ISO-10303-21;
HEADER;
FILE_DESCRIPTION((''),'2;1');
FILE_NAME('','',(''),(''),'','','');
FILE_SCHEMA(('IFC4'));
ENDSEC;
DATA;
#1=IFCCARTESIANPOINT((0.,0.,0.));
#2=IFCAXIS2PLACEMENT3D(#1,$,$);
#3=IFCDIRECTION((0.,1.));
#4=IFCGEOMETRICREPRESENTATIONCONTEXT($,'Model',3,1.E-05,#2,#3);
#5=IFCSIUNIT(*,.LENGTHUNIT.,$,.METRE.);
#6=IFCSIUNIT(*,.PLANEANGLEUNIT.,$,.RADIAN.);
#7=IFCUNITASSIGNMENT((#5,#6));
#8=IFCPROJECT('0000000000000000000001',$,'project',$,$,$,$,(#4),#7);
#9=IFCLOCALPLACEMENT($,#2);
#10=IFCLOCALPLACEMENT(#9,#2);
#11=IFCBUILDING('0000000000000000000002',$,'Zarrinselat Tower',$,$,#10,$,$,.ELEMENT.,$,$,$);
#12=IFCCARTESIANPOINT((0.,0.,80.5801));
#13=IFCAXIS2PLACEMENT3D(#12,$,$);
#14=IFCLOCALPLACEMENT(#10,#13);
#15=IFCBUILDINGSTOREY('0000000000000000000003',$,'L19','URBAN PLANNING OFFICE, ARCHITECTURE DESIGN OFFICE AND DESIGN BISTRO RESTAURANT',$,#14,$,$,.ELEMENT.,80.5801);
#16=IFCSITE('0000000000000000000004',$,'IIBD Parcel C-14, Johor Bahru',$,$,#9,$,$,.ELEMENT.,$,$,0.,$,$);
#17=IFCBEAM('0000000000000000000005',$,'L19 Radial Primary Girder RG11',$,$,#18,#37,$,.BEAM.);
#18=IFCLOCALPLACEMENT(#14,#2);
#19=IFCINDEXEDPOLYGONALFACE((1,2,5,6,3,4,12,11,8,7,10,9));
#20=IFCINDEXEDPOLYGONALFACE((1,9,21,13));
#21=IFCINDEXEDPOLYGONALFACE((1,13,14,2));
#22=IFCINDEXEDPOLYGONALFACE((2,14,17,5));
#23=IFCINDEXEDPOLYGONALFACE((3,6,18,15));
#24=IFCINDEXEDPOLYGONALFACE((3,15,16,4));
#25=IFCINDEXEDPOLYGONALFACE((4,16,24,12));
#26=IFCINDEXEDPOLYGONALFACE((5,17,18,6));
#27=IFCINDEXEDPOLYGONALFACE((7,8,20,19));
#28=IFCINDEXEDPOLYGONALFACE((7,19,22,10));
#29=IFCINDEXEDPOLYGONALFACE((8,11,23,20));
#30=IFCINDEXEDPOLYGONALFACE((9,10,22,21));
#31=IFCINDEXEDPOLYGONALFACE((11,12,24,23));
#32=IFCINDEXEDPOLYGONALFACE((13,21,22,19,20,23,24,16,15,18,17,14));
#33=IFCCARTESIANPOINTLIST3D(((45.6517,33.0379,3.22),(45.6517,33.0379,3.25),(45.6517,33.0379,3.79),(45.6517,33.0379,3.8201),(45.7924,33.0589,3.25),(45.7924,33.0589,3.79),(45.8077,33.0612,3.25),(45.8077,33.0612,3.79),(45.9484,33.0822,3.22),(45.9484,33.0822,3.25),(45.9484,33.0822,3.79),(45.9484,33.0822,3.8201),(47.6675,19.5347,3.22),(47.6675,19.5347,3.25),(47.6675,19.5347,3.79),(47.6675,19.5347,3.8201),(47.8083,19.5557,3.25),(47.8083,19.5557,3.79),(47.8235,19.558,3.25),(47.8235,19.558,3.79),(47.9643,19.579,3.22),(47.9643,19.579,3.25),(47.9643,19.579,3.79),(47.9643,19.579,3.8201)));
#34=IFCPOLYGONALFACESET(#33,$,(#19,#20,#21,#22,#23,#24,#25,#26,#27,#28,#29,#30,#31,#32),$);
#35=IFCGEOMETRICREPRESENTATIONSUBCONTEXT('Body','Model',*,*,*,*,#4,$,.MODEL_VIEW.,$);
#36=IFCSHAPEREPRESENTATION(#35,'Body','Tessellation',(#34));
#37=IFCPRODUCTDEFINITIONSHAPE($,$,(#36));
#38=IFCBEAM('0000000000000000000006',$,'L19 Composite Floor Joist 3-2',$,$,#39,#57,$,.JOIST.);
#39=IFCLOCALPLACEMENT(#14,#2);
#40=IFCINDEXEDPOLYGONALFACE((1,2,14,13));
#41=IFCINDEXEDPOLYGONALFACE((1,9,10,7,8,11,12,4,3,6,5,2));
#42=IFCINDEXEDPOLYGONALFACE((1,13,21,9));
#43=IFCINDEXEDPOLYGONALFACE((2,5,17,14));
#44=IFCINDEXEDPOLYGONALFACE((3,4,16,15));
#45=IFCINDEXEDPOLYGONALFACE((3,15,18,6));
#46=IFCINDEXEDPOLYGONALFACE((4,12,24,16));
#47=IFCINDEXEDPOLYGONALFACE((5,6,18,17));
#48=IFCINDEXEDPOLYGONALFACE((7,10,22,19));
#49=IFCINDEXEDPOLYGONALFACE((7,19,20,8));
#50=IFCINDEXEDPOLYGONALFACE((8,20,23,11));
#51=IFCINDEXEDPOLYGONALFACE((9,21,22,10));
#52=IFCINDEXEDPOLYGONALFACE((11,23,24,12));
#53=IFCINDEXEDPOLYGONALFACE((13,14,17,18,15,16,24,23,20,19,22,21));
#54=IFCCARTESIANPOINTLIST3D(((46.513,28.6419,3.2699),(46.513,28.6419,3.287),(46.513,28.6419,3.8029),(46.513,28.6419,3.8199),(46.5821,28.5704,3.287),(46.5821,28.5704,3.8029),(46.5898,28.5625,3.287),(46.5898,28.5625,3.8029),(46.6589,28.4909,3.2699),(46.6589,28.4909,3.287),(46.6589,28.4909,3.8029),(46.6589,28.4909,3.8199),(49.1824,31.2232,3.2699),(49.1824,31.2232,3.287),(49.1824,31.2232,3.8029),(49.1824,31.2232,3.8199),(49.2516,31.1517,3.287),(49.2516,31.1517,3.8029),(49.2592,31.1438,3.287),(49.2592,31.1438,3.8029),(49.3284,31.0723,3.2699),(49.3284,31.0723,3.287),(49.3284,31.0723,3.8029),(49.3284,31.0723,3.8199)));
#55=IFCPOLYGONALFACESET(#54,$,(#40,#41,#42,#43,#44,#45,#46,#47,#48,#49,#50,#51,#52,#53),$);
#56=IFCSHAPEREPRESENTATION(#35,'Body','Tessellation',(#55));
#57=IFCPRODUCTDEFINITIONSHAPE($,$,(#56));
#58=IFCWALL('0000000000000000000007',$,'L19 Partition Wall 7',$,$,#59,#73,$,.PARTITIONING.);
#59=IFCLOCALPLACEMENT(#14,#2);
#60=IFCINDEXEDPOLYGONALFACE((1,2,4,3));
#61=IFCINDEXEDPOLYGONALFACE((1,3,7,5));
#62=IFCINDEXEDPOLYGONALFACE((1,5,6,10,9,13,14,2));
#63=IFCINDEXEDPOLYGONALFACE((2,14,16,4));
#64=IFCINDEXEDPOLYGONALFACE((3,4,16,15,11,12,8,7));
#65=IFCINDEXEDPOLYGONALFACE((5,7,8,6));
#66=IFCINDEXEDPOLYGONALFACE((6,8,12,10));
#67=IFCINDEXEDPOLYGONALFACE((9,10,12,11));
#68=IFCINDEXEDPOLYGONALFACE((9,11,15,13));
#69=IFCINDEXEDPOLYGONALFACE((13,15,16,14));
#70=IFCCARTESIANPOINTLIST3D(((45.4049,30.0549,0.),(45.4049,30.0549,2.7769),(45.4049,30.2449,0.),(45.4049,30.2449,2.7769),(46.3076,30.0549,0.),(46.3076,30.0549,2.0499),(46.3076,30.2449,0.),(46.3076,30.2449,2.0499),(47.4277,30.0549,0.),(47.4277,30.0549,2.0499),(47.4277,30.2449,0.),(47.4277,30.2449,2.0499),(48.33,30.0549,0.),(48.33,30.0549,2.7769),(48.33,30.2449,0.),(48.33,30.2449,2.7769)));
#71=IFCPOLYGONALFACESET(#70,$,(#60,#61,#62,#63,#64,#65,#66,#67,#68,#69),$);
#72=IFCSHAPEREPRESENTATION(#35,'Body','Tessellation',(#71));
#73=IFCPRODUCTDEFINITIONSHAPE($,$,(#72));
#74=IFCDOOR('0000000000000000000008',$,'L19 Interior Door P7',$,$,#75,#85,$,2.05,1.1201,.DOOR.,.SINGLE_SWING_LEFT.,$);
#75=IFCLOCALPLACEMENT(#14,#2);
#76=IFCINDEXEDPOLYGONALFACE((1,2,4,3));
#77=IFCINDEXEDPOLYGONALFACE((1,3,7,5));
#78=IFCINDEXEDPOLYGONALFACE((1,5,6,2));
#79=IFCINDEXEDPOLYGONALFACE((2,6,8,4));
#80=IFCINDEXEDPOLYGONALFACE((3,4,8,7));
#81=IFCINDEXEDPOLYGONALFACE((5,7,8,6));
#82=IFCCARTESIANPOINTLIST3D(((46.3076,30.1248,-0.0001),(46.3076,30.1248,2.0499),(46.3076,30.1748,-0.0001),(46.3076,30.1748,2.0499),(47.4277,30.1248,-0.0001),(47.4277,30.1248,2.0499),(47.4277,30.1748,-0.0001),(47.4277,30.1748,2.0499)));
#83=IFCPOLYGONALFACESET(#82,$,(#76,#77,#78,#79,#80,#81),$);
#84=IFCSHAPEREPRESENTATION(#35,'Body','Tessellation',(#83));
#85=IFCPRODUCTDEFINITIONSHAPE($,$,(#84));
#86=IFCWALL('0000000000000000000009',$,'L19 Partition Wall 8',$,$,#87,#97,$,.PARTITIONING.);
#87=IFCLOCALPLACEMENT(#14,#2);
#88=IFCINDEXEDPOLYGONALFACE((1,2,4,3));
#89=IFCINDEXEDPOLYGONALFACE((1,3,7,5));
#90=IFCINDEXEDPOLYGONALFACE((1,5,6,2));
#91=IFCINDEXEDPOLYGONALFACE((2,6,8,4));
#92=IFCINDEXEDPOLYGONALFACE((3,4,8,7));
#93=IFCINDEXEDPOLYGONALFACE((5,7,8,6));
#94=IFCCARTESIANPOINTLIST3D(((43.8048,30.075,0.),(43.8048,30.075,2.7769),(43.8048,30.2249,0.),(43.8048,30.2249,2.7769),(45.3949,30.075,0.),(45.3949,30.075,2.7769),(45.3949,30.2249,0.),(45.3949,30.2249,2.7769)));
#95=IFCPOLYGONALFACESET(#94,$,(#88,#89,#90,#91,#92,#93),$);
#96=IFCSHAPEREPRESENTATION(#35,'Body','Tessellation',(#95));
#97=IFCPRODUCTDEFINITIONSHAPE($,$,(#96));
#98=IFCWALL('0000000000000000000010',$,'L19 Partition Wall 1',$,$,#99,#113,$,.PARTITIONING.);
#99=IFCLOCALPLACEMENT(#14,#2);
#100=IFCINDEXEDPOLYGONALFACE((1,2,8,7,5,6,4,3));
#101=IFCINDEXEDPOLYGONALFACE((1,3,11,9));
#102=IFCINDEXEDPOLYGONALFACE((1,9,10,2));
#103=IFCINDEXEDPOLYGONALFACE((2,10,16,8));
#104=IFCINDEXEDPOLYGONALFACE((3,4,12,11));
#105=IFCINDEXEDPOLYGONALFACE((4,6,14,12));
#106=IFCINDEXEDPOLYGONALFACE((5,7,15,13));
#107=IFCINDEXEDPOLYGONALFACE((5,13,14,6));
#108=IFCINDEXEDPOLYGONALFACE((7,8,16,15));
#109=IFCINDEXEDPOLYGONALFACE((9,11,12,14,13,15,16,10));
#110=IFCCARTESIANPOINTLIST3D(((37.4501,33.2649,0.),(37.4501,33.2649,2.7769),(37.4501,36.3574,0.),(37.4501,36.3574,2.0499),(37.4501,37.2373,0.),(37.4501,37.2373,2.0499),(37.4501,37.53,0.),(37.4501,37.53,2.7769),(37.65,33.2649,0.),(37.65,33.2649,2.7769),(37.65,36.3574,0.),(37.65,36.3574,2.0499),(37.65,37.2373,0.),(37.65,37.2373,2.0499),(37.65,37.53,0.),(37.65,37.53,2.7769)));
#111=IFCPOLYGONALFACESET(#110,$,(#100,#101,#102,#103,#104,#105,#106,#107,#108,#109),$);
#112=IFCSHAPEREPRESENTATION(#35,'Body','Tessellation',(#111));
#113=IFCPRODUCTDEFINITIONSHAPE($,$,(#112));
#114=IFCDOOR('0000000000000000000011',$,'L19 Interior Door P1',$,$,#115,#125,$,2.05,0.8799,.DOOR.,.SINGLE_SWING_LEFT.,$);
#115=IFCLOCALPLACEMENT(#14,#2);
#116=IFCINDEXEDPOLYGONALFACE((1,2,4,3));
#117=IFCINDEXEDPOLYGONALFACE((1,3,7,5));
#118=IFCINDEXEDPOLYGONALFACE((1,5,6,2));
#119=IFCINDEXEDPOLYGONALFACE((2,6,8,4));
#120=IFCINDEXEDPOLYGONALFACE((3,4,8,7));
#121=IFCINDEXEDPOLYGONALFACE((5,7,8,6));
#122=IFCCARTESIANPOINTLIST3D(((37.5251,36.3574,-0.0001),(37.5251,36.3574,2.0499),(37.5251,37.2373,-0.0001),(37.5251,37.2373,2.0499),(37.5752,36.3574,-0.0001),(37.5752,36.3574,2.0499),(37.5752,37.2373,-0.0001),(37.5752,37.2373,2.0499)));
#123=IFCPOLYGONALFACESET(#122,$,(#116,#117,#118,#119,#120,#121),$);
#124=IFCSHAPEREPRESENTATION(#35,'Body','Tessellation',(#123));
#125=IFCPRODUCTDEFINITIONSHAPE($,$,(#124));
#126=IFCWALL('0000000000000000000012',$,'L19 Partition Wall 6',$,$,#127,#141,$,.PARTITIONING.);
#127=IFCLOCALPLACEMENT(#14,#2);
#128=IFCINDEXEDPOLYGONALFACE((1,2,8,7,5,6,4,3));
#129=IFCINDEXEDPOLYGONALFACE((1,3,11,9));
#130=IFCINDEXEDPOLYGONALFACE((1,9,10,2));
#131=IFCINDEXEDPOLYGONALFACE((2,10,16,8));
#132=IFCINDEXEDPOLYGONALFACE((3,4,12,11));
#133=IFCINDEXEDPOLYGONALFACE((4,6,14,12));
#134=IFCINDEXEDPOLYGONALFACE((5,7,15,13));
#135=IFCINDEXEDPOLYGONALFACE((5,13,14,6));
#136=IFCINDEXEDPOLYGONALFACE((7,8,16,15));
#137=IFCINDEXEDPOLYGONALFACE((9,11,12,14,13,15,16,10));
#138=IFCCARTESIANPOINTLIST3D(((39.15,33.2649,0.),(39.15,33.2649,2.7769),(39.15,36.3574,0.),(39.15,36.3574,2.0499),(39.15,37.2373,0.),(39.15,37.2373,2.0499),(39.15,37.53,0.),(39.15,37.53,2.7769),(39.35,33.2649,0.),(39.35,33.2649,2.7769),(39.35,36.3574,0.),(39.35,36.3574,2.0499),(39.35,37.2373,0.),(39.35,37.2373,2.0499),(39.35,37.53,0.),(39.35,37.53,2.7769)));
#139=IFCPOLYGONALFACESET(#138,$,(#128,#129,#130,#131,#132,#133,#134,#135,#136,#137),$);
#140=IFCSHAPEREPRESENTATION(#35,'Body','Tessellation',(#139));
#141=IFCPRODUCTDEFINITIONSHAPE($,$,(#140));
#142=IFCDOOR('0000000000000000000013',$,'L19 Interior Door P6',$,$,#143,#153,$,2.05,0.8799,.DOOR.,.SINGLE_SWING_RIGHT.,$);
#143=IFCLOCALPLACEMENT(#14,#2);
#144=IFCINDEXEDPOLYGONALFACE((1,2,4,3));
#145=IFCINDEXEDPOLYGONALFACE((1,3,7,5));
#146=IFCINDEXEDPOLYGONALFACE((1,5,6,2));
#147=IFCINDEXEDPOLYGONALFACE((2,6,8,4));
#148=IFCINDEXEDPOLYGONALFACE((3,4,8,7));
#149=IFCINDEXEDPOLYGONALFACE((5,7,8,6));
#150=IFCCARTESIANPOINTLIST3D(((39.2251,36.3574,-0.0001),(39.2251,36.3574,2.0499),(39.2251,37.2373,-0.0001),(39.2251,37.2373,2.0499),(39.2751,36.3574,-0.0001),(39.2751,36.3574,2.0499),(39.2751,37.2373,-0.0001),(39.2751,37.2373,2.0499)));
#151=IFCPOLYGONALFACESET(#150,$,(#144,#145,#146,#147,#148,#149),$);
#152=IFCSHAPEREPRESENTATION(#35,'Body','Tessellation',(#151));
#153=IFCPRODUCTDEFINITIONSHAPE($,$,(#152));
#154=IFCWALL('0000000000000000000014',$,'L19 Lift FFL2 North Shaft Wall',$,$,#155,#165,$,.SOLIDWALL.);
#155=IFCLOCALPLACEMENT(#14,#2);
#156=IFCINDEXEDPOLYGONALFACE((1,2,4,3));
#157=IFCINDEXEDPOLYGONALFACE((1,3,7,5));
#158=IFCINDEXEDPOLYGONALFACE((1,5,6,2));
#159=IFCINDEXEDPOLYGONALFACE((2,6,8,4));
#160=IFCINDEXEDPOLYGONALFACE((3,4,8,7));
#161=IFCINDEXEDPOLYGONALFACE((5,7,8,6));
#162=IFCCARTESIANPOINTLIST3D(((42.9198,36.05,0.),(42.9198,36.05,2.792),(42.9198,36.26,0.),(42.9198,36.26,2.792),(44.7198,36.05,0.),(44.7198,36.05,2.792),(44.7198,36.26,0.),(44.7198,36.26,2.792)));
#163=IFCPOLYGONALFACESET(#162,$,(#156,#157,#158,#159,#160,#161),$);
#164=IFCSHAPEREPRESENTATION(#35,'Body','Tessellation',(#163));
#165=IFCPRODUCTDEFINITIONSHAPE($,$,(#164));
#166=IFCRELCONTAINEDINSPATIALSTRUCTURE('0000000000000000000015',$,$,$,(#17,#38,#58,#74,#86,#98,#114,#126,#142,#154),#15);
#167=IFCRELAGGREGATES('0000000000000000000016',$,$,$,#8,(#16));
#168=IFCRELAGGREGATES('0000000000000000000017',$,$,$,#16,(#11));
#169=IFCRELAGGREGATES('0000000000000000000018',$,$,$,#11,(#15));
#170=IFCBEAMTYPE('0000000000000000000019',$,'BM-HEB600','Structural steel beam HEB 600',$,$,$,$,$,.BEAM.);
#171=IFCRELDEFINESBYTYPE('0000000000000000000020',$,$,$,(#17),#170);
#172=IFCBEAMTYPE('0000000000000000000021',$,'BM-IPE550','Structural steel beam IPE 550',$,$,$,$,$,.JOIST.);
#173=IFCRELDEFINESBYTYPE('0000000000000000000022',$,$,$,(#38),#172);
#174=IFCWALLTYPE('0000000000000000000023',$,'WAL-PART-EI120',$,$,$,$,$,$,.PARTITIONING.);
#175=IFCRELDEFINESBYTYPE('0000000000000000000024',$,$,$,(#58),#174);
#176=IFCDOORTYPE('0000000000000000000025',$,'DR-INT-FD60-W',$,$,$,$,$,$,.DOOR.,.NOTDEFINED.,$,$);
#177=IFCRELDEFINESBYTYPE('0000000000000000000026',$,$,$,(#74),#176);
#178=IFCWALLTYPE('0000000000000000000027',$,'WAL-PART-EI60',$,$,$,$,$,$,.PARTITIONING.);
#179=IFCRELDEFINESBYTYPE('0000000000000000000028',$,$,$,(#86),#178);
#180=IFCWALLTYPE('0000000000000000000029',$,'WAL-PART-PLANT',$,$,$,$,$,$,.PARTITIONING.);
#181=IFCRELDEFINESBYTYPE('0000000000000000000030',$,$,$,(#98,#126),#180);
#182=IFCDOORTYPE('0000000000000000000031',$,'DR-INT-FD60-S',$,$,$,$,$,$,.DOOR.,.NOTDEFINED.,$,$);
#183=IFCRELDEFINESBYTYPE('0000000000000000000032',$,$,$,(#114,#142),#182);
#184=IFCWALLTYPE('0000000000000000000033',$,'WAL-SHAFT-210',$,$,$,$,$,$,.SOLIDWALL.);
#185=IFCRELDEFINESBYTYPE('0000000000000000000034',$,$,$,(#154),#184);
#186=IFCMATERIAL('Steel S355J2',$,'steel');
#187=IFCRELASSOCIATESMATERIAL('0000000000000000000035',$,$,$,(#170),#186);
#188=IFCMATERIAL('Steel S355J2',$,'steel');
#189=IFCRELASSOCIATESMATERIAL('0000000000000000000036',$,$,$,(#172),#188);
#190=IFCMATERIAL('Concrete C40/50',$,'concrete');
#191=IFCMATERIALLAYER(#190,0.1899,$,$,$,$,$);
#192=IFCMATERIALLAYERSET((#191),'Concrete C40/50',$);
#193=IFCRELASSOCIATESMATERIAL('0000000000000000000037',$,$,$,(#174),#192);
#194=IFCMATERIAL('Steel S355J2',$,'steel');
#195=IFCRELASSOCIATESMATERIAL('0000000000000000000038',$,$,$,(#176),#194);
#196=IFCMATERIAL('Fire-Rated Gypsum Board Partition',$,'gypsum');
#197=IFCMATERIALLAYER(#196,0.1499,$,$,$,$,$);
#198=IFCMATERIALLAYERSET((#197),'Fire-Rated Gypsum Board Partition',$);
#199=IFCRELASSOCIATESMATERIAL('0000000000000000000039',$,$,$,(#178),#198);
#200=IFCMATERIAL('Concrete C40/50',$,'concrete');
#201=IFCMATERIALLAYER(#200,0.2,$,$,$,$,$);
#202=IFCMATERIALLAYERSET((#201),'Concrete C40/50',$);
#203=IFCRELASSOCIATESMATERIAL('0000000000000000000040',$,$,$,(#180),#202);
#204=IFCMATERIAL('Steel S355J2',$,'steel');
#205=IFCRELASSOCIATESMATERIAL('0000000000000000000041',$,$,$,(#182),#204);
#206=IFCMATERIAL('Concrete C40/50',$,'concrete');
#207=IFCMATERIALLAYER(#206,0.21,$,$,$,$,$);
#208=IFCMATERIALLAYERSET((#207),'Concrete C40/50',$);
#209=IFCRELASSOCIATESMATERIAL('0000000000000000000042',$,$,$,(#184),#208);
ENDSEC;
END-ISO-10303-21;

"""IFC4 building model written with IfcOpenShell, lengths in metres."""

from ifc_helpers import new_model, si_unit, direction, frame, frame_2d, origin, origin_2d, place, context, subcontext, project, spatial, rectangle, i_section, extrude, material, layer, layer_set, material_profile, profile_set, type_object, element, fill, save


model = new_model("IFC4")

# Units and contexts
model_context = context("Model", 3, precision=1e-05, world=origin(), true_north=direction((0.0, 1.0)))
body_context = subcontext(model_context, "Body", "Model", "MODEL_VIEW")
ifc_project = project(units=[si_unit("LENGTHUNIT", "METRE"), si_unit("PLANEANGLEUNIT", "RADIAN")], contexts=[model_context])

# Site, building, storey
site_placement = place(None, origin())
site = spatial("IfcSite", under=ifc_project, at=site_placement, Name="IIBD Parcel C-14, Johor Bahru", CompositionType="ELEMENT", RefElevation=0.0)
building_placement = place(site_placement, origin())
building = spatial("IfcBuilding", under=site, at=building_placement, Name="Zarrinselat Tower", CompositionType="ELEMENT")
storey_placement = place(building_placement, frame((0.0, 0.0, 80.5801)))
storey = spatial("IfcBuildingStorey", under=building, at=storey_placement, Name="L19", Description="URBAN PLANNING OFFICE, ARCHITECTURE DESIGN OFFICE AND DESIGN BISTRO RESTAURANT", CompositionType="ELEMENT", Elevation=80.5801)

# Beams
ifc_material_1 = material(Name="Steel S355J2", Category="steel")
ifc_material_profile_1 = material_profile(ifc_material_1, i_section(OverallWidth=0.3, OverallDepth=0.6001, WebThickness=0.0154, FlangeThickness=0.03, at=origin_2d()), Name="HEB 600")
ifc_profile_set_1 = profile_set([ifc_material_profile_1], Name="Steel S355J2")
beam_type_1 = type_object("IfcBeamType", Name="BM-HEB600", Description="Structural steel beam HEB 600", PredefinedType="BEAM", material=ifc_profile_set_1)
beam_1_placement = place(storey_placement, frame((45.8, 33.0601, 3.52), z_axis=(0.147652, -0.989039, 0.0), x_axis=(0.989039, 0.147652, 0.0)))
element("IfcBeam", 1, at=beam_1_placement, inside=storey, type_object=beam_type_1, Name="L19 Radial Primary Girder RG11", PredefinedType="BEAM", context=body_context, shape_type="SweptSolid", body=[
    extrude(i_section(OverallWidth=0.3, OverallDepth=0.6001, WebThickness=0.0154, FlangeThickness=0.03, at=origin_2d()), origin(), (0.0, 0.0, 1.0), 13.6528),
])
ifc_material_2 = material(Name="Steel S355J2", Category="steel")
ifc_material_profile_2 = material_profile(ifc_material_2, i_section(OverallWidth=0.21, OverallDepth=0.55, WebThickness=0.011, FlangeThickness=0.0171, at=origin_2d()), Name="IPE 550")
ifc_profile_set_2 = profile_set([ifc_material_profile_2], Name="Steel S355J2")
beam_type_2 = type_object("IfcBeamType", Name="BM-IPE550", Description="Structural steel beam IPE 550", PredefinedType="JOIST", material=ifc_profile_set_2)
beam_2_placement = place(storey_placement, frame((46.5859, 28.5664, 3.5449), z_axis=(0.718874, 0.69514, 0.0), x_axis=(-0.69514, 0.718874, 0.0)))
element("IfcBeam", 2, at=beam_2_placement, inside=storey, type_object=beam_type_2, Name="L19 Composite Floor Joist 3-2", PredefinedType="JOIST", context=body_context, shape_type="SweptSolid", body=[
    extrude(i_section(OverallWidth=0.21, OverallDepth=0.55, WebThickness=0.011, FlangeThickness=0.0171, at=origin_2d()), origin(), (0.0, 0.0, 1.0), 3.7134),
])

# Wall, opening, door
ifc_material_3 = material(Name="Concrete C40/50", Category="concrete")
ifc_layer_1 = layer(ifc_material_3, 0.1899)
ifc_layer_set_1 = layer_set([ifc_layer_1], Name="Concrete C40/50")
wall_type_1 = type_object("IfcWallType", Name="WAL-PART-EI120", PredefinedType="PARTITIONING", material=ifc_layer_set_1)
wall_1_placement = place(storey_placement, frame((45.405, 30.1499, 0.0), z_axis=(0.0, 0.0, 1.0), x_axis=(1.0, 0.0, 0.0)))
wall_1 = element("IfcWall", 3, at=wall_1_placement, inside=storey, type_object=wall_type_1, Name="L19 Partition Wall 7", PredefinedType="PARTITIONING", context=body_context, shape_type="SweptSolid", body=[
    extrude(rectangle(XDim=2.925, YDim=0.1899, at=frame_2d((1.4624, 0.0))), origin(), (0.0, 0.0, 1.0), 2.7769),
])
opening_1_placement = place(wall_1_placement, frame((0.9026, 0.0, 0.0)))
opening_1 = element("IfcOpeningElement", 4, at=opening_1_placement, cuts=wall_1, PredefinedType="OPENING", context=body_context, shape_type="SweptSolid", body=[
    extrude(rectangle(XDim=1.1201, YDim=2.05, at=frame_2d((0.5601, 1.0249))), frame((0.0, 0.105, 0.0), z_axis=(0.0, -1.0, 0.0), x_axis=(1.0, 0.0, 0.0)), (0.0, 0.0, 1.0), 0.21),
])
ifc_material_4 = material(Name="Steel S355J2", Category="steel")
door_type_1 = type_object("IfcDoorType", Name="DR-INT-FD60-W", OperationType="NOTDEFINED", PredefinedType="DOOR", material=ifc_material_4)
door_1_placement = place(opening_1_placement, origin())
door_1 = element("IfcDoor", 5, at=door_1_placement, inside=storey, type_object=door_type_1, Name="L19 Interior Door P7", OperationType="SINGLE_SWING_LEFT", OverallHeight=2.05, OverallWidth=1.1201, PredefinedType="DOOR", context=body_context, shape_type="SweptSolid", body=[
    extrude(rectangle(XDim=1.1201, YDim=2.05, at=frame_2d((0.5601, 1.0249))), frame((0.0, 0.0249, 0.0), z_axis=(0.0, -1.0, 0.0), x_axis=(1.0, 0.0, 0.0)), (0.0, 0.0, 1.0), 0.05),
])
fill(opening_1, door_1)

# Wall
ifc_material_5 = material(Name="Fire-Rated Gypsum Board Partition", Category="gypsum")
ifc_layer_2 = layer(ifc_material_5, 0.1499)
ifc_layer_set_2 = layer_set([ifc_layer_2], Name="Fire-Rated Gypsum Board Partition")
wall_type_2 = type_object("IfcWallType", Name="WAL-PART-EI60", PredefinedType="PARTITIONING", material=ifc_layer_set_2)
wall_2_placement = place(storey_placement, frame((43.8049, 30.1499, 0.0), z_axis=(0.0, 0.0, 1.0), x_axis=(1.0, 0.0, 0.0)))
element("IfcWall", 6, at=wall_2_placement, inside=storey, type_object=wall_type_2, Name="L19 Partition Wall 8", PredefinedType="PARTITIONING", context=body_context, shape_type="SweptSolid", body=[
    extrude(rectangle(XDim=1.5901, YDim=0.1499, at=frame_2d((0.7949, 0.0))), origin(), (0.0, 0.0, 1.0), 2.7769),
])

# Walls, openings, doors
ifc_material_6 = material(Name="Concrete C40/50", Category="concrete")
ifc_layer_3 = layer(ifc_material_6, 0.2)
ifc_layer_set_3 = layer_set([ifc_layer_3], Name="Concrete C40/50")
wall_type_3 = type_object("IfcWallType", Name="WAL-PART-PLANT", PredefinedType="PARTITIONING", material=ifc_layer_set_3)
wall_3_placement = place(storey_placement, frame((37.55, 33.2649, 0.0), z_axis=(0.0, 0.0, 1.0), x_axis=(0.0, 1.0, 0.0)))
wall_3 = element("IfcWall", 7, at=wall_3_placement, inside=storey, type_object=wall_type_3, Name="L19 Partition Wall 1", PredefinedType="PARTITIONING", context=body_context, shape_type="SweptSolid", body=[
    extrude(rectangle(XDim=4.2651, YDim=0.2, at=frame_2d((2.1326, 0.0))), origin(), (0.0, 0.0, 1.0), 2.7769),
])
opening_2_placement = place(wall_3_placement, frame((3.0925, 0.0, 0.0)))
opening_2 = element("IfcOpeningElement", 8, at=opening_2_placement, cuts=wall_3, PredefinedType="OPENING", context=body_context, shape_type="SweptSolid", body=[
    extrude(rectangle(XDim=0.8799, YDim=2.05, at=frame_2d((0.4399, 1.0249))), frame((0.0, 0.1099, 0.0), z_axis=(0.0, -1.0, 0.0), x_axis=(1.0, 0.0, 0.0)), (0.0, 0.0, 1.0), 0.22),
])
ifc_material_7 = material(Name="Steel S355J2", Category="steel")
door_type_2 = type_object("IfcDoorType", Name="DR-INT-FD60-S", OperationType="NOTDEFINED", PredefinedType="DOOR", material=ifc_material_7)
door_2_placement = place(opening_2_placement, origin())
door_2 = element("IfcDoor", 9, at=door_2_placement, inside=storey, type_object=door_type_2, Name="L19 Interior Door P1", OperationType="SINGLE_SWING_LEFT", OverallHeight=2.05, OverallWidth=0.8799, PredefinedType="DOOR", context=body_context, shape_type="SweptSolid", body=[
    extrude(rectangle(XDim=0.8799, YDim=2.05, at=frame_2d((0.4399, 1.0249))), frame((0.0, 0.0249, 0.0), z_axis=(0.0, -1.0, 0.0), x_axis=(1.0, 0.0, 0.0)), (0.0, 0.0, 1.0), 0.05),
])
fill(opening_2, door_2)
wall_4_placement = place(storey_placement, frame((39.25, 33.2649, 0.0), z_axis=(0.0, 0.0, 1.0), x_axis=(0.0, 1.0, 0.0)))
wall_4 = element("IfcWall", 10, at=wall_4_placement, inside=storey, type_object=wall_type_3, Name="L19 Partition Wall 6", PredefinedType="PARTITIONING", context=body_context, shape_type="SweptSolid", body=[
    extrude(rectangle(XDim=4.2651, YDim=0.2, at=frame_2d((2.1326, 0.0))), origin(), (0.0, 0.0, 1.0), 2.7769),
])
opening_3_placement = place(wall_4_placement, frame((3.0925, 0.0, 0.0)))
opening_3 = element("IfcOpeningElement", 11, at=opening_3_placement, cuts=wall_4, PredefinedType="OPENING", context=body_context, shape_type="SweptSolid", body=[
    extrude(rectangle(XDim=0.8799, YDim=2.05, at=frame_2d((0.4399, 1.0249))), frame((0.0, 0.1099, 0.0), z_axis=(0.0, -1.0, 0.0), x_axis=(1.0, 0.0, 0.0)), (0.0, 0.0, 1.0), 0.22),
])
door_3_placement = place(opening_3_placement, origin())
door_3 = element("IfcDoor", 12, at=door_3_placement, inside=storey, type_object=door_type_2, Name="L19 Interior Door P6", OperationType="SINGLE_SWING_RIGHT", OverallHeight=2.05, OverallWidth=0.8799, PredefinedType="DOOR", context=body_context, shape_type="SweptSolid", body=[
    extrude(rectangle(XDim=0.8799, YDim=2.05, at=frame_2d((0.4399, 1.0249))), frame((0.0, 0.0249, 0.0), z_axis=(0.0, -1.0, 0.0), x_axis=(1.0, 0.0, 0.0)), (0.0, 0.0, 1.0), 0.05),
])
fill(opening_3, door_3)

# Wall
ifc_material_8 = material(Name="Concrete C40/50", Category="concrete")
ifc_layer_4 = layer(ifc_material_8, 0.21)
ifc_layer_set_4 = layer_set([ifc_layer_4], Name="Concrete C40/50")
wall_type_4 = type_object("IfcWallType", Name="WAL-SHAFT-210", PredefinedType="SOLIDWALL", material=ifc_layer_set_4)
wall_5_placement = place(storey_placement, frame((42.9199, 36.155, 0.0), z_axis=(0.0, 0.0, 1.0), x_axis=(1.0, 0.0, 0.0)))
element("IfcWall", 13, at=wall_5_placement, inside=storey, type_object=wall_type_4, Name="L19 Lift FFL2 North Shaft Wall", PredefinedType="SOLIDWALL", context=body_context, shape_type="SweptSolid", body=[
    extrude(rectangle(XDim=1.8, YDim=0.21, at=frame_2d((0.8999, 0.0))), origin(), (0.0, 0.0, 1.0), 2.792),
])

save(model, "model.ifc")
